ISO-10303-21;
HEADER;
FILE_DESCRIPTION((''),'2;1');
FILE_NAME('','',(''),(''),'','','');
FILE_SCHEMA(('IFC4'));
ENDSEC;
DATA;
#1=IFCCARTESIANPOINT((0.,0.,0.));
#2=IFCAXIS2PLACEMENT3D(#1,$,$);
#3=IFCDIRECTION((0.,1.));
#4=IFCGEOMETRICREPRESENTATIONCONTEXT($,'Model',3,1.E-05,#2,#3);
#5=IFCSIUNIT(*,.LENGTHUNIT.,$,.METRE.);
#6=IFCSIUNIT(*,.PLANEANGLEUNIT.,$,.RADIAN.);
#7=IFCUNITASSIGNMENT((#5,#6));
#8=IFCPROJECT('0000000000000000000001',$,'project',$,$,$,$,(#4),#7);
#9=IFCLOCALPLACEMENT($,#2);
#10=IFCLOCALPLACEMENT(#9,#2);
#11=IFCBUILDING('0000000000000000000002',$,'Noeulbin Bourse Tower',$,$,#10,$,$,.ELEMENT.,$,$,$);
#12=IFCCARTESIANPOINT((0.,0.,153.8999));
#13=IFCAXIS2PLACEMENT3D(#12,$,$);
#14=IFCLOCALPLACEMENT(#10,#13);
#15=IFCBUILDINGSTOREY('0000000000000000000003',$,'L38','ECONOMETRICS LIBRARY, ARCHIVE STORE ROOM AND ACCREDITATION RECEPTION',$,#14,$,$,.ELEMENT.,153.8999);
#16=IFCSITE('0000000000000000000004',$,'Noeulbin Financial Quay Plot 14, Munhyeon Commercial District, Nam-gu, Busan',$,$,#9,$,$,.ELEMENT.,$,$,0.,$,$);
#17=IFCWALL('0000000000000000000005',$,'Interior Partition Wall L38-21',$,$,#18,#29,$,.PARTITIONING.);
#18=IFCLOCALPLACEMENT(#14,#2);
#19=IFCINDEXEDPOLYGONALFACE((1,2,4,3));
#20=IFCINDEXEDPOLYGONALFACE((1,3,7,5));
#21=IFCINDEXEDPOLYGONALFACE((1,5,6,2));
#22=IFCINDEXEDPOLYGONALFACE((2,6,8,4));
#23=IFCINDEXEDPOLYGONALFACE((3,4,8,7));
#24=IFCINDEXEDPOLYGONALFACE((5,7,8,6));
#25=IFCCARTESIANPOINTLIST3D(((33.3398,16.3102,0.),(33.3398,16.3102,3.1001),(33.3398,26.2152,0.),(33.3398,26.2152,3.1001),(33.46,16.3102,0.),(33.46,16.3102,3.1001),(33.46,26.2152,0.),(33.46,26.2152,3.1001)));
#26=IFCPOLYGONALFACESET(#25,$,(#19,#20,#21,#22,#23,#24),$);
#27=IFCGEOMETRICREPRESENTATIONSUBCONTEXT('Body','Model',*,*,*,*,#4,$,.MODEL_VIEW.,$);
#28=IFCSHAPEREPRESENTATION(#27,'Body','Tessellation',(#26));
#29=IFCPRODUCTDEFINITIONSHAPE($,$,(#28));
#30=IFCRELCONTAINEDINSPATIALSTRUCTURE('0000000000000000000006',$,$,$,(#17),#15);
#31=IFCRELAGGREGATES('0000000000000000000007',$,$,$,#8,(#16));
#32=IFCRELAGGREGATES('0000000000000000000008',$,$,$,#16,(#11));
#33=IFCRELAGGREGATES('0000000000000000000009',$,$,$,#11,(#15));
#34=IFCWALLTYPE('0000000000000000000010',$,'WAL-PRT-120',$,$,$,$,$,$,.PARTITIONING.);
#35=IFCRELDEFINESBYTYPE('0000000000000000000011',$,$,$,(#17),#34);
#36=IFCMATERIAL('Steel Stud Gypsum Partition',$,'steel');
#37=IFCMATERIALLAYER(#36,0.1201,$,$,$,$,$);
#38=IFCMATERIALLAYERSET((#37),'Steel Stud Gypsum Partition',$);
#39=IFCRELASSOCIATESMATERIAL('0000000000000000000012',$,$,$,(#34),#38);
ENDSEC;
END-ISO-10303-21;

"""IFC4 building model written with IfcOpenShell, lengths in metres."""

from ifc_helpers import new_model, si_unit, direction, frame, frame_2d, origin, place, context, subcontext, project, spatial, rectangle, extrude, material, layer, layer_set, type_object, element, save


model = new_model("IFC4")

# Units and contexts
model_context = context("Model", 3, precision=1e-05, world=origin(), true_north=direction((0.0, 1.0)))
body_context = subcontext(model_context, "Body", "Model", "MODEL_VIEW")
ifc_project = project(units=[si_unit("LENGTHUNIT", "METRE"), si_unit("PLANEANGLEUNIT", "RADIAN")], contexts=[model_context])

# Site, building, storey
site_placement = place(None, origin())
site = spatial("IfcSite", under=ifc_project, at=site_placement, Name="Noeulbin Financial Quay Plot 14, Munhyeon Commercial District, Nam-gu, Busan", CompositionType="ELEMENT", RefElevation=0.0)
building_placement = place(site_placement, origin())
building = spatial("IfcBuilding", under=site, at=building_placement, Name="Noeulbin Bourse Tower", CompositionType="ELEMENT")
storey_placement = place(building_placement, frame((0.0, 0.0, 153.8999)))
storey = spatial("IfcBuildingStorey", under=building, at=storey_placement, Name="L38", Description="ECONOMETRICS LIBRARY, ARCHIVE STORE ROOM AND ACCREDITATION RECEPTION", CompositionType="ELEMENT", Elevation=153.8999)

# Wall
ifc_material_1 = material(Name="Steel Stud Gypsum Partition", Category="steel")
ifc_layer_1 = layer(ifc_material_1, 0.1201)
ifc_layer_set_1 = layer_set([ifc_layer_1], Name="Steel Stud Gypsum Partition")
wall_type = type_object("IfcWallType", Name="WAL-PRT-120", PredefinedType="PARTITIONING", material=ifc_layer_set_1)
wall_placement = place(storey_placement, frame((33.3999, 16.3101, 0.0), z_axis=(0.0, 0.0, 1.0), x_axis=(0.0, 1.0, 0.0)))
element("IfcWall", 1, at=wall_placement, inside=storey, type_object=wall_type, Name="Interior Partition Wall L38-21", PredefinedType="PARTITIONING", context=body_context, shape_type="SweptSolid", body=[
    extrude(rectangle(XDim=9.905, YDim=0.1201, at=frame_2d((4.9526, 0.0))), origin(), (0.0, 0.0, 1.0), 3.1001),
])

save(model, "model.ifc")
